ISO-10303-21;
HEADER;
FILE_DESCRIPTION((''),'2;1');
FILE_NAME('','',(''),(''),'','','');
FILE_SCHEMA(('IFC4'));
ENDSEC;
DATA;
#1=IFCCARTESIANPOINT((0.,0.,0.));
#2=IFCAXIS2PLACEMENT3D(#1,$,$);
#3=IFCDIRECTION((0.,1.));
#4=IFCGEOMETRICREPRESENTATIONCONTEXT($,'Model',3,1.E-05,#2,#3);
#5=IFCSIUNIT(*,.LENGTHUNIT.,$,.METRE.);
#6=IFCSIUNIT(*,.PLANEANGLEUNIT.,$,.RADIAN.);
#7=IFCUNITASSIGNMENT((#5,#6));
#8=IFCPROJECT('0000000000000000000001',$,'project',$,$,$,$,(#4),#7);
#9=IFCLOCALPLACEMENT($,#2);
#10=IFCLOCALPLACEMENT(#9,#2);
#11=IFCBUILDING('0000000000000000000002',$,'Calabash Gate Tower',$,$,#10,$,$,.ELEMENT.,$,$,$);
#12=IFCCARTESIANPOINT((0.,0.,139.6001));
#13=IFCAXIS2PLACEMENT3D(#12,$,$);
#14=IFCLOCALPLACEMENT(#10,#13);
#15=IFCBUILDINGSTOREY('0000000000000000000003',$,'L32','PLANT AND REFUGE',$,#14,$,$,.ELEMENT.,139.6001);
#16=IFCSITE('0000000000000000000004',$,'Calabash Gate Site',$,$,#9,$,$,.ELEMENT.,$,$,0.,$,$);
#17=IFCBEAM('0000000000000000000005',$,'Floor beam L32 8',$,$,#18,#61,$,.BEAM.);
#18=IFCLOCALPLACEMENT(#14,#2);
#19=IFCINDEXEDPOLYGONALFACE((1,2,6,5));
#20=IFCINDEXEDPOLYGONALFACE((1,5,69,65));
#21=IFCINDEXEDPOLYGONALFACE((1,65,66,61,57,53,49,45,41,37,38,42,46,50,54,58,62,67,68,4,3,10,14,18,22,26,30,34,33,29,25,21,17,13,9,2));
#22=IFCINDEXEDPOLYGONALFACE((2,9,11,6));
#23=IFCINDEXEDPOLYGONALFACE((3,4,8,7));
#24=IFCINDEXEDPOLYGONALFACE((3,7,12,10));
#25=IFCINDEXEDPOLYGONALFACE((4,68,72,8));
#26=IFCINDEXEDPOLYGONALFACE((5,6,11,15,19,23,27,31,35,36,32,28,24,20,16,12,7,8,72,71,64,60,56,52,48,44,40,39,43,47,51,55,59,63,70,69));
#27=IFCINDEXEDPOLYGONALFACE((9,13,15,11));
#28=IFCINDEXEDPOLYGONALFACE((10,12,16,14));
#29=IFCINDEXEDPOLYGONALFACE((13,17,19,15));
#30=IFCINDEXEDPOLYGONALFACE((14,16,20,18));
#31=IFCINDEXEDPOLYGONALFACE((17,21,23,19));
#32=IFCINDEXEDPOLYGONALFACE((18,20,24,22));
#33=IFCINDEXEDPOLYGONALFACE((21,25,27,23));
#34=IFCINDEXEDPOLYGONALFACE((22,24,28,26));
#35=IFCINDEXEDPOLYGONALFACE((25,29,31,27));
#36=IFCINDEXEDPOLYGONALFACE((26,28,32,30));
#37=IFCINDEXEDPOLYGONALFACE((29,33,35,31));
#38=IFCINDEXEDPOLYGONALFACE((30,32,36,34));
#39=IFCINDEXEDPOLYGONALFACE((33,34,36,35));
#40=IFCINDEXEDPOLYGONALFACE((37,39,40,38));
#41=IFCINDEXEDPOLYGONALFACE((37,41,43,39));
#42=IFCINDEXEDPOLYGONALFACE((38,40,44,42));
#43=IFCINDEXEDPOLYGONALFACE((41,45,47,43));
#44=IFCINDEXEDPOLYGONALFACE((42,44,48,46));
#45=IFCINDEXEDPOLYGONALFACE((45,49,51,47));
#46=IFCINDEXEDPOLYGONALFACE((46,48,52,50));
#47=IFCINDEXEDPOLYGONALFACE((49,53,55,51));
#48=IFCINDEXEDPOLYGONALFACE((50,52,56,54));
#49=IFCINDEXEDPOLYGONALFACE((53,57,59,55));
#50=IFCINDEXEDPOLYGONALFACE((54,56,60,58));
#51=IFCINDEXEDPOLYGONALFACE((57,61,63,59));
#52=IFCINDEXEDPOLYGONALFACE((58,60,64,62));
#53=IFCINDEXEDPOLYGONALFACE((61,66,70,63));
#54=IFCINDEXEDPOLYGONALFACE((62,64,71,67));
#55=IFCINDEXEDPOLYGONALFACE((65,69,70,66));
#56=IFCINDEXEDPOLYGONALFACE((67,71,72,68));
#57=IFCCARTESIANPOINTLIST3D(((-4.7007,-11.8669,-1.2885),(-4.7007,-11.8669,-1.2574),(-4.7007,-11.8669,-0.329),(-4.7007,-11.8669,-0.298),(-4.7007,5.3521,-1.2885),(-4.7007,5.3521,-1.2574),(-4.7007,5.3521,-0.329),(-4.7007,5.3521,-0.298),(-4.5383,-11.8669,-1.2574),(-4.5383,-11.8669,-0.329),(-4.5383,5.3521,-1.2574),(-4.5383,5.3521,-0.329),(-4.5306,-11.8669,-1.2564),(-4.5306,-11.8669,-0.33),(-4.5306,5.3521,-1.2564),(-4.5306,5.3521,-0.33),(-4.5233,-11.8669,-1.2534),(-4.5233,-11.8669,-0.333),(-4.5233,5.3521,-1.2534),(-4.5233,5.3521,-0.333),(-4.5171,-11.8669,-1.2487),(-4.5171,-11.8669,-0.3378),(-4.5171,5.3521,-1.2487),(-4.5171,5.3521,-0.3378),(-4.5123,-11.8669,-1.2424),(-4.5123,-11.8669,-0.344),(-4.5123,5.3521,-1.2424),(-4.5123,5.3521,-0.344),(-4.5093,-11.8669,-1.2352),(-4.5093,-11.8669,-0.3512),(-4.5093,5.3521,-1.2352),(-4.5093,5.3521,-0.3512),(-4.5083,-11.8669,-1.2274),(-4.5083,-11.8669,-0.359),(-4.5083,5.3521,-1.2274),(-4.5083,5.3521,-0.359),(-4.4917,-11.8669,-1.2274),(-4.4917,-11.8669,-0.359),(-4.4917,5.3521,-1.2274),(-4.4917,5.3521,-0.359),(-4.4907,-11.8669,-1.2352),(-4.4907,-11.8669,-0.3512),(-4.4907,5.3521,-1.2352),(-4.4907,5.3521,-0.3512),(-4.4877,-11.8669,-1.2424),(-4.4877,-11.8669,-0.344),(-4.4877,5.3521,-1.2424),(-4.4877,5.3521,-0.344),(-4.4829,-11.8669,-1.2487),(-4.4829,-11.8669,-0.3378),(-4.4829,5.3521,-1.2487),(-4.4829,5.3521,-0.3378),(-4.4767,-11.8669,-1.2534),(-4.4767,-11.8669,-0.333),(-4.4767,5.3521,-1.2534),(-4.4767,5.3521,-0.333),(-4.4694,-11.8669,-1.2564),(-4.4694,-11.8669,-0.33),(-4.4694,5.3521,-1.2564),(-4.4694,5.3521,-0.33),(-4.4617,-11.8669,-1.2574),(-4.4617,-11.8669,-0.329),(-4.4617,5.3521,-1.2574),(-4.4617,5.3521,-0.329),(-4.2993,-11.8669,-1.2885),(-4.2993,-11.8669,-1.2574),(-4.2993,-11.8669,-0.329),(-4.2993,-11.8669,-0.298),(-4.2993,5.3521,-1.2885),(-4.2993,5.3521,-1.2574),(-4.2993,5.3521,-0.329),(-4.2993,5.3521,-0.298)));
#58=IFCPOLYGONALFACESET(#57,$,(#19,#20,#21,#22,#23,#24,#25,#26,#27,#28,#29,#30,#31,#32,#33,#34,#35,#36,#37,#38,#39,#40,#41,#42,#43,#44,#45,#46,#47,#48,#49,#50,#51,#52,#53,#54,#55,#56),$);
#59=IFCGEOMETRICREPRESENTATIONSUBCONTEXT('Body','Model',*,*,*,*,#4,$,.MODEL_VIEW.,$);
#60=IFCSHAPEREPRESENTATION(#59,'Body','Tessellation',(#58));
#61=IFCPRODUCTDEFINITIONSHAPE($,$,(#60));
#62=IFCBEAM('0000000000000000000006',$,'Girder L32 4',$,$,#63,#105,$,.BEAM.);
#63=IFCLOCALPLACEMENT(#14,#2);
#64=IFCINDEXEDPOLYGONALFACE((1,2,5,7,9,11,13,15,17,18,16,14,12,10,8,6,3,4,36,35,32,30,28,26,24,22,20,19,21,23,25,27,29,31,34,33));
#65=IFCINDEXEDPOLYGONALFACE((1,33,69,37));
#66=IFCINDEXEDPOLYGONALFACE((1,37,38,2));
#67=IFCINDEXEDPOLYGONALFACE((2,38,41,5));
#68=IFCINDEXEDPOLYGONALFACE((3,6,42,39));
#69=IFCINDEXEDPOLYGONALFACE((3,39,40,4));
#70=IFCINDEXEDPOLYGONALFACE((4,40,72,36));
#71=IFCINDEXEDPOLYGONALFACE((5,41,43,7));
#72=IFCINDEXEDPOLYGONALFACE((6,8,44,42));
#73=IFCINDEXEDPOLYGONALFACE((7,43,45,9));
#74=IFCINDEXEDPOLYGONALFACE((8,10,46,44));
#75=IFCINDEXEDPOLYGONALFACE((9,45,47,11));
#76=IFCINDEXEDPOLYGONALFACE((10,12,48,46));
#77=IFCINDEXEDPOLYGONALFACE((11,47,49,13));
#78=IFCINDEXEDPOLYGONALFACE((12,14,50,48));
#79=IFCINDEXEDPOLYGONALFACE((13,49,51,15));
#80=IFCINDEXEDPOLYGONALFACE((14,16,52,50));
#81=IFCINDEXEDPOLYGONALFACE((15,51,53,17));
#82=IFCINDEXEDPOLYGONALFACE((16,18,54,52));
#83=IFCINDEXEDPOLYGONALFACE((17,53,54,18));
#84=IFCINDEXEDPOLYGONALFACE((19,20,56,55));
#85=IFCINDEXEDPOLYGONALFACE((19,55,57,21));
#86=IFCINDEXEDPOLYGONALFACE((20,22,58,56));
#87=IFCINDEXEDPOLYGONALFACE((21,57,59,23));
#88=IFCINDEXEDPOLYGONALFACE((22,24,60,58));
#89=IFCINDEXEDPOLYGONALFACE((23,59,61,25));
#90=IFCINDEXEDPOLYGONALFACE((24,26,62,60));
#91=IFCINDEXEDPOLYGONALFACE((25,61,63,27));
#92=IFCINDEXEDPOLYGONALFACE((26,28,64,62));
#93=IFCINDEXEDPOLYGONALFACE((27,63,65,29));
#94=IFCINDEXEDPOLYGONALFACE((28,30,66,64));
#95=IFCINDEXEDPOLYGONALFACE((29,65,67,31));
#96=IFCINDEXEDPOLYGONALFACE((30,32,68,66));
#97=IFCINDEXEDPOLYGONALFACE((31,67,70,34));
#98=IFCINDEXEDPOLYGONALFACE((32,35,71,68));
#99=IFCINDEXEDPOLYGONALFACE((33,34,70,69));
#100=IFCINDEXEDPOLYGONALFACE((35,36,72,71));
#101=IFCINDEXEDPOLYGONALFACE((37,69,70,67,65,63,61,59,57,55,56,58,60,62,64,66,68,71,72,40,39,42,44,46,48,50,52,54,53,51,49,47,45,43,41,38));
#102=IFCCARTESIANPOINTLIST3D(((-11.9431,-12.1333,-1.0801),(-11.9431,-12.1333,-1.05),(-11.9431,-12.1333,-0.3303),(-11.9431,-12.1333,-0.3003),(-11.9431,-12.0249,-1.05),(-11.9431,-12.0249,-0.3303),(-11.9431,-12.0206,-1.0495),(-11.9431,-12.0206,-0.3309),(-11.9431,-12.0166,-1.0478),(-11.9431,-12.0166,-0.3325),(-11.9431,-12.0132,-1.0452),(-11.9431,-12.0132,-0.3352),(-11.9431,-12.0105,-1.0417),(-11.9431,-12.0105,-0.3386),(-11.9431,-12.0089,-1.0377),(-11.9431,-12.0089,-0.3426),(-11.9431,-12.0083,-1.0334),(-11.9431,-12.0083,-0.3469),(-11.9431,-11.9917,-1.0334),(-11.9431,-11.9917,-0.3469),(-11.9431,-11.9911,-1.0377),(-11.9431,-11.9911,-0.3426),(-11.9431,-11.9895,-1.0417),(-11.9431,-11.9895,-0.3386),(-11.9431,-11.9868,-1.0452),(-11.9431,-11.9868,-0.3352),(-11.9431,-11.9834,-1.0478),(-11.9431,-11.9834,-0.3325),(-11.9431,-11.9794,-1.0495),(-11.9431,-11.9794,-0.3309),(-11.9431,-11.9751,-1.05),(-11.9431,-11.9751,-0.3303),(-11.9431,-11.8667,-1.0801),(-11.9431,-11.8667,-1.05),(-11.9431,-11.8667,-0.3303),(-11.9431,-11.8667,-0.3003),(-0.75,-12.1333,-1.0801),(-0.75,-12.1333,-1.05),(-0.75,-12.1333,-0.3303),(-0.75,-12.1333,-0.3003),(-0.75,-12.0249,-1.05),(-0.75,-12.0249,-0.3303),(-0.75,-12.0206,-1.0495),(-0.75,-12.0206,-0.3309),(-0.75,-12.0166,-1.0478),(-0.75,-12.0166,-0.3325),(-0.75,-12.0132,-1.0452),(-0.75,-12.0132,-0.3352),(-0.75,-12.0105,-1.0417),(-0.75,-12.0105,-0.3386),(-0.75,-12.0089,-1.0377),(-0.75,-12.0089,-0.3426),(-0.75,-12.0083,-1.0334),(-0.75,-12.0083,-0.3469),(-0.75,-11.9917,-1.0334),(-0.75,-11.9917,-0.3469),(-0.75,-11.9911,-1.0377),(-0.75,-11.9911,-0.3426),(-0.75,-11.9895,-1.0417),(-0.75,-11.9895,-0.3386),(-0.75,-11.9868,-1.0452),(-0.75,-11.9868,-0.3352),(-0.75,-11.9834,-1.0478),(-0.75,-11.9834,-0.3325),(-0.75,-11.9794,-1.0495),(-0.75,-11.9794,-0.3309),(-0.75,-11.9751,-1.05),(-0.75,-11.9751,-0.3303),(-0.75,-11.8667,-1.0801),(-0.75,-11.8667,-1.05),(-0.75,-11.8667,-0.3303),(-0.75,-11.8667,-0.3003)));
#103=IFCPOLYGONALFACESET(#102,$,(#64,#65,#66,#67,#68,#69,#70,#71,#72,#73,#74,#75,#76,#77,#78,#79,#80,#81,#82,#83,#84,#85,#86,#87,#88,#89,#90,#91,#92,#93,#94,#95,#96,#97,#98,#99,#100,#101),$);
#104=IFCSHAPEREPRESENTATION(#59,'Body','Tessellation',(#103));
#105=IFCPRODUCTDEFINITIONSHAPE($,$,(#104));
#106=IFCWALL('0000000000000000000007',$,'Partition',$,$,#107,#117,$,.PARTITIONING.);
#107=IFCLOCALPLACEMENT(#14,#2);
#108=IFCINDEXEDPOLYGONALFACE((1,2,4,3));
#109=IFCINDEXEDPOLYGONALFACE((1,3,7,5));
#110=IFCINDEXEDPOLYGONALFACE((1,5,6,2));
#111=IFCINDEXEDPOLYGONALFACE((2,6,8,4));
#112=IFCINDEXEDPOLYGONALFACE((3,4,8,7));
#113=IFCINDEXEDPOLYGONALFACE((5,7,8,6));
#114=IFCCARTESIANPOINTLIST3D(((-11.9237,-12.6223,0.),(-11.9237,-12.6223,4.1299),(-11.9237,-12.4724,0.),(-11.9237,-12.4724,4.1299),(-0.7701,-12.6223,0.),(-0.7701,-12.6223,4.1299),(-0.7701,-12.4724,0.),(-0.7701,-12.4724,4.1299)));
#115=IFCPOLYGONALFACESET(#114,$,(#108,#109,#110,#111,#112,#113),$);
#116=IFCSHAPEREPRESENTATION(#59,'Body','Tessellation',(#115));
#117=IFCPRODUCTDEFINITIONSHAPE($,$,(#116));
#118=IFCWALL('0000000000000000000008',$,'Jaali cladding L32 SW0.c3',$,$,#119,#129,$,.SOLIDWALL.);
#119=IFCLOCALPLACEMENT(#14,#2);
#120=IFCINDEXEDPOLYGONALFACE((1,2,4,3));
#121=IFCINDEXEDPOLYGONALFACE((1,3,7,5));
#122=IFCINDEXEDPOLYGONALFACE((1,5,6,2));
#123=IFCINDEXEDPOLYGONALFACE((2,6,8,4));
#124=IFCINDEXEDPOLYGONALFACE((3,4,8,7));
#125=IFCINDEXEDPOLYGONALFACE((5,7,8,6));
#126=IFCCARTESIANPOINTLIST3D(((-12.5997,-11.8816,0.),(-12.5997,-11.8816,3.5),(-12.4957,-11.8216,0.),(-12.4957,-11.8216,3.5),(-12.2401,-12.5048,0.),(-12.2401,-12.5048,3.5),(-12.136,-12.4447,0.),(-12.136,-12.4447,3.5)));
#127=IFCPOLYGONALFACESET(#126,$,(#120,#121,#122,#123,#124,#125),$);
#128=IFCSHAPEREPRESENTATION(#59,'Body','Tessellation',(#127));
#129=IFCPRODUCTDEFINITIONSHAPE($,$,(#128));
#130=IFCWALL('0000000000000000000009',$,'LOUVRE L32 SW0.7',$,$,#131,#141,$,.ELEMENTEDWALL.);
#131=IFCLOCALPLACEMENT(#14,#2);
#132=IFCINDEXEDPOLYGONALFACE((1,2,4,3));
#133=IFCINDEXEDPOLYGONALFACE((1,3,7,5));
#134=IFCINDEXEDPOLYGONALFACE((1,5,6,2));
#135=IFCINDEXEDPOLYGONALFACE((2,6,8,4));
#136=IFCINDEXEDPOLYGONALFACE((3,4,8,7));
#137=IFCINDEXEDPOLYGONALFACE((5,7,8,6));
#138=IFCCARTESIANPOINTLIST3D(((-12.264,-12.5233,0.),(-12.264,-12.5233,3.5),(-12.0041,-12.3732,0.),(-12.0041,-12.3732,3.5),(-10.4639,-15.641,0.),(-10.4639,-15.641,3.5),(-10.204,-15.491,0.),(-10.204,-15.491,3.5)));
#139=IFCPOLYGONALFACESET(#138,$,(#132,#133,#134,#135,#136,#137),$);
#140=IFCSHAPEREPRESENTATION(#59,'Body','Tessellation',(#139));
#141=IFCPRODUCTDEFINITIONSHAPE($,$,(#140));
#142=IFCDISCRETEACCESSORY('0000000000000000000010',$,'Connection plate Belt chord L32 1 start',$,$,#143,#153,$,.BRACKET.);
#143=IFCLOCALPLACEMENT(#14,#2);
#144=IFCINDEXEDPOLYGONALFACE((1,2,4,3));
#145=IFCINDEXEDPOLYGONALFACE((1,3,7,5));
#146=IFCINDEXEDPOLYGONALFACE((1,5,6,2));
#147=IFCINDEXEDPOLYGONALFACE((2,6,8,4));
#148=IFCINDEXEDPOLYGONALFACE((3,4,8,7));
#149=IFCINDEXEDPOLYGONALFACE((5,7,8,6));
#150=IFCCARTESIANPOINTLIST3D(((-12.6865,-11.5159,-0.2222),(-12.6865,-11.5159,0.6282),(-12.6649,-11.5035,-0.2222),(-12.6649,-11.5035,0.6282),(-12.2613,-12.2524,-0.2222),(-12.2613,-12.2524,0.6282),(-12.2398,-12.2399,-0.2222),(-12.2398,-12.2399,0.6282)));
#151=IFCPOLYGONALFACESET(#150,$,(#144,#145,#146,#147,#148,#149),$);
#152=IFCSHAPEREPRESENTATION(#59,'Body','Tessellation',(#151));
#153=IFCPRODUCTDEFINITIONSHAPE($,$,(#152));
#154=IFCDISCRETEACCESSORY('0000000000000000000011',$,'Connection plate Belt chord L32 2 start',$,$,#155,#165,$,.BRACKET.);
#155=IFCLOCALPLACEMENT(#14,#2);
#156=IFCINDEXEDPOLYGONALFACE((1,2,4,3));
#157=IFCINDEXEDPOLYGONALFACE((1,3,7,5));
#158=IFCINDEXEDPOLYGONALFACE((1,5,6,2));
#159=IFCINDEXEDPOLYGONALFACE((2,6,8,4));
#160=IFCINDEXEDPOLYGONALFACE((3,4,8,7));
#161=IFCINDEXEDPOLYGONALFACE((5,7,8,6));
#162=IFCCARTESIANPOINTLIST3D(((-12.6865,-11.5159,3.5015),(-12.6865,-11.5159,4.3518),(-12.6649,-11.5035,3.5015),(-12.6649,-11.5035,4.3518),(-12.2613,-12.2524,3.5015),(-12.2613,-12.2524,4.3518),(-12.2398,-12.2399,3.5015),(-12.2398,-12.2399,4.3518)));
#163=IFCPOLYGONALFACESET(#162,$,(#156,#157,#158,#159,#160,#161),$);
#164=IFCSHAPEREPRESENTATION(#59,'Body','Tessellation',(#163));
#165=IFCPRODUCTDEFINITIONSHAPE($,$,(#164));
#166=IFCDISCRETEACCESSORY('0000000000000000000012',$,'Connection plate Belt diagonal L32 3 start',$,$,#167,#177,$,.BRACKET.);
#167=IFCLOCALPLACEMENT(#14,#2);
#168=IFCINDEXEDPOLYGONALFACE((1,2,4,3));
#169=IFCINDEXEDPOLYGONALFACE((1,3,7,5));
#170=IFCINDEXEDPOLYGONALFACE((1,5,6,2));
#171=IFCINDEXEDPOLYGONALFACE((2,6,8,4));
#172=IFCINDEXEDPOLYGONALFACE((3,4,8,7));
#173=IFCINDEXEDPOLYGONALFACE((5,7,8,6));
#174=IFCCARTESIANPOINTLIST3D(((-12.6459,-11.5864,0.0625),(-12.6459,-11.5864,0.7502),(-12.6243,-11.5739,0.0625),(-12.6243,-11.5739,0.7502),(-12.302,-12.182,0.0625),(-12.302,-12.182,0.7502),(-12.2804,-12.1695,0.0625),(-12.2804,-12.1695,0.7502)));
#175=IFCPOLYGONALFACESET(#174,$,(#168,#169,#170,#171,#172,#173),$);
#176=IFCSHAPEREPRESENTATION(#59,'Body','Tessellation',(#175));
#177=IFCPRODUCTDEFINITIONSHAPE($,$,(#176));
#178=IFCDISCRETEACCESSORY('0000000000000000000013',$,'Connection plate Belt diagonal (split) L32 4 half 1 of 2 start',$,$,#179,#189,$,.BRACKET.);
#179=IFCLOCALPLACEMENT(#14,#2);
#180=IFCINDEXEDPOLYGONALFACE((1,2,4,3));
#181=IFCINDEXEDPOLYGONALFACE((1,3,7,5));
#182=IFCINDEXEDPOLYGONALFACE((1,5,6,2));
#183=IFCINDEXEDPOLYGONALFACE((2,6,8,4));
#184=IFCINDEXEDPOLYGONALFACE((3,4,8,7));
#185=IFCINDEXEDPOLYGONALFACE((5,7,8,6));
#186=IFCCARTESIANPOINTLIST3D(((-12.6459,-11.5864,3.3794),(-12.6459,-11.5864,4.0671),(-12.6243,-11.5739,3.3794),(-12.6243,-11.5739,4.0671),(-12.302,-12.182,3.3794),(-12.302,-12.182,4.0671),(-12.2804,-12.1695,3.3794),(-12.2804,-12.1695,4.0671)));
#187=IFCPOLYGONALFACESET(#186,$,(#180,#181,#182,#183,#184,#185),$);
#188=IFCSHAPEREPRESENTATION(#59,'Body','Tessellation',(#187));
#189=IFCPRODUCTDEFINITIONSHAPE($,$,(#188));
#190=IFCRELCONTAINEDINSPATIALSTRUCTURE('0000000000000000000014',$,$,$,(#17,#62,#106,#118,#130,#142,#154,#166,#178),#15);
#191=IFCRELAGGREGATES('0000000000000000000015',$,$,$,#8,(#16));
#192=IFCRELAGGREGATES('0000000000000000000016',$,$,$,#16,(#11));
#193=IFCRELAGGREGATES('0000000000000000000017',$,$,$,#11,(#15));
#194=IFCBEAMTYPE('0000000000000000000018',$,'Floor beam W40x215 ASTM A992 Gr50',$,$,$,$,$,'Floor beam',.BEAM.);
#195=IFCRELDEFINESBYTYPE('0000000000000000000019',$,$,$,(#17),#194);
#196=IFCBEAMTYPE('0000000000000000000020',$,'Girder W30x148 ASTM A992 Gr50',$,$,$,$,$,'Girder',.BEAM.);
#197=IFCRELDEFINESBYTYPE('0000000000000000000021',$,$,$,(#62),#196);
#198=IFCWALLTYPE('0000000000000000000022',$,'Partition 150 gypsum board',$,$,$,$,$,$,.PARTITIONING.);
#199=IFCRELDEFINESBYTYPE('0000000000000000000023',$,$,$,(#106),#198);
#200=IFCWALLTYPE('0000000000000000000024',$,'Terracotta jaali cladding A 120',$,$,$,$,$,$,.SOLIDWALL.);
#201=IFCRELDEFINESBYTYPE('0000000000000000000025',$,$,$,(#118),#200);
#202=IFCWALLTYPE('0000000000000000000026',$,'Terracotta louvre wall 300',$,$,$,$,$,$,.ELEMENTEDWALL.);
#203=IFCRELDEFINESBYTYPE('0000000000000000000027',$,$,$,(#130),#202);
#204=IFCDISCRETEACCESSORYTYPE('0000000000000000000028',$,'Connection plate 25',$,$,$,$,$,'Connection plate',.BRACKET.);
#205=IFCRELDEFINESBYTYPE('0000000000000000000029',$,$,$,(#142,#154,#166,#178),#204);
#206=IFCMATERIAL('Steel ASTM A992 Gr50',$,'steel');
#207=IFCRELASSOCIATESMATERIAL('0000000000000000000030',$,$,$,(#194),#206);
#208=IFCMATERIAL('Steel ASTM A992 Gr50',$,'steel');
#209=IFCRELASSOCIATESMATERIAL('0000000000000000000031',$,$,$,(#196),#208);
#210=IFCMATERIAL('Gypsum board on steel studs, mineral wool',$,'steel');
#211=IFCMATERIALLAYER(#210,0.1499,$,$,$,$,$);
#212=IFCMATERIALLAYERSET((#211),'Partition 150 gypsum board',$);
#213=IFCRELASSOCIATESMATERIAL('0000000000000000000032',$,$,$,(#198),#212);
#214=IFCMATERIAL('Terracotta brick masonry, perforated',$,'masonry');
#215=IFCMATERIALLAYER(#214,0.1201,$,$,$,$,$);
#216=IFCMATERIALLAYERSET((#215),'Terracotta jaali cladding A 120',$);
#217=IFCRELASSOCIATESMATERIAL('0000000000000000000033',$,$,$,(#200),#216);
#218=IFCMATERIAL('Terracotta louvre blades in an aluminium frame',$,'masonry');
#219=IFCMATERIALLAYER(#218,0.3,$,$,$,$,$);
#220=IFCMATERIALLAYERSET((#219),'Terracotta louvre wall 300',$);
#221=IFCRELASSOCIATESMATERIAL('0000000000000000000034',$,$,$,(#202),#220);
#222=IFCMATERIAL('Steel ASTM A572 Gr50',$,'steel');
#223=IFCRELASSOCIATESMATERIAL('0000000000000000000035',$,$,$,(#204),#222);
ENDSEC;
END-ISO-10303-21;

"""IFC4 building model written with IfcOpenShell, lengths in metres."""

from ifc_helpers import new_model, si_unit, direction, frame, frame_2d, origin, origin_2d, place, context, subcontext, project, spatial, rectangle, i_section, extrude, material, layer, layer_set, material_profile, profile_set, type_object, element, save


model = new_model("IFC4")

# Units and contexts
model_context = context("Model", 3, precision=1e-05, world=origin(), true_north=direction((0.0, 1.0)))
body_context = subcontext(model_context, "Body", "Model", "MODEL_VIEW")
ifc_project = project(units=[si_unit("LENGTHUNIT", "METRE"), si_unit("PLANEANGLEUNIT", "RADIAN")], contexts=[model_context])

# Site, building, storey
site_placement = place(None, origin())
site = spatial("IfcSite", under=ifc_project, at=site_placement, Name="Calabash Gate Site", CompositionType="ELEMENT", RefElevation=0.0)
building_placement = place(site_placement, origin())
building = spatial("IfcBuilding", under=site, at=building_placement, Name="Calabash Gate Tower", CompositionType="ELEMENT")
storey_placement = place(building_placement, frame((0.0, 0.0, 139.6001)))
storey = spatial("IfcBuildingStorey", under=building, at=storey_placement, Name="L32", Description="PLANT AND REFUGE", CompositionType="ELEMENT", Elevation=139.6001)

# Beams
ifc_material_1 = material(Name="Steel ASTM A992 Gr50", Category="steel")
ifc_material_profile_1 = material_profile(ifc_material_1, i_section(OverallWidth=0.4014, OverallDepth=0.9905, WebThickness=0.0166, FlangeThickness=0.031, FilletRadius=0.03, at=origin_2d()))
ifc_profile_set_1 = profile_set([ifc_material_profile_1], Name="Steel ASTM A992 Gr50")
beam_type_1 = type_object("IfcBeamType", Name="Floor beam W40x215 ASTM A992 Gr50", ElementType="Floor beam", PredefinedType="BEAM", material=ifc_profile_set_1)
beam_1_placement = place(storey_placement, frame((-4.5, -11.8669, -0.7932), z_axis=(0.0, 1.0, 0.0), x_axis=(-1.0, 0.0, 0.0)))
element("IfcBeam", 1, at=beam_1_placement, inside=storey, type_object=beam_type_1, Name="Floor beam L32 8", PredefinedType="BEAM", context=body_context, shape_type="SweptSolid", body=[
    extrude(i_section(OverallWidth=0.4014, OverallDepth=0.9905, WebThickness=0.0166, FlangeThickness=0.031, FilletRadius=0.03, at=origin_2d()), origin(), (0.0, 0.0, 1.0), 17.219),
])
ifc_material_2 = material(Name="Steel ASTM A992 Gr50", Category="steel")
ifc_material_profile_2 = material_profile(ifc_material_2, i_section(OverallWidth=0.2666, OverallDepth=0.7798, WebThickness=0.0166, FlangeThickness=0.03, FilletRadius=0.0166, at=origin_2d()))
ifc_profile_set_2 = profile_set([ifc_material_profile_2], Name="Steel ASTM A992 Gr50")
beam_type_2 = type_object("IfcBeamType", Name="Girder W30x148 ASTM A992 Gr50", ElementType="Girder", PredefinedType="BEAM", material=ifc_profile_set_2)
beam_2_placement = place(storey_placement, frame((-11.9431, -12.0, -0.6902), z_axis=(1.0, 0.0, 0.0), x_axis=(0.0, 1.0, 0.0)))
element("IfcBeam", 2, at=beam_2_placement, inside=storey, type_object=beam_type_2, Name="Girder L32 4", PredefinedType="BEAM", context=body_context, shape_type="SweptSolid", body=[
    extrude(i_section(OverallWidth=0.2666, OverallDepth=0.7798, WebThickness=0.0166, FlangeThickness=0.03, FilletRadius=0.0166, at=origin_2d()), origin(), (0.0, 0.0, 1.0), 11.1931),
])

# Walls
ifc_material_3 = material(Name="Gypsum board on steel studs, mineral wool", Category="steel")
ifc_layer_1 = layer(ifc_material_3, 0.1499)
ifc_layer_set_1 = layer_set([ifc_layer_1], Name="Partition 150 gypsum board")
wall_type_1 = type_object("IfcWallType", Name="Partition 150 gypsum board", PredefinedType="PARTITIONING", material=ifc_layer_set_1)
wall_1_placement = place(storey_placement, frame((-11.9236, -12.5474, 0.0), z_axis=(0.0, 0.0, 1.0), x_axis=(1.0, 0.0, 0.0)))
element("IfcWall", 3, at=wall_1_placement, inside=storey, type_object=wall_type_1, Name="Partition", PredefinedType="PARTITIONING", context=body_context, shape_type="SweptSolid", body=[
    extrude(rectangle(XDim=11.1536, YDim=0.1499, at=frame_2d((5.5767, 0.0))), origin(), (0.0, 0.0, 1.0), 4.1299),
])
ifc_material_4 = material(Name="Terracotta brick masonry, perforated", Category="masonry")
ifc_layer_2 = layer(ifc_material_4, 0.1201)
ifc_layer_set_2 = layer_set([ifc_layer_2], Name="Terracotta jaali cladding A 120")
wall_type_2 = type_object("IfcWallType", Name="Terracotta jaali cladding A 120", PredefinedType="SOLIDWALL", material=ifc_layer_set_2)
wall_2_placement = place(storey_placement, frame((-12.188, -12.4749, 0.0), z_axis=(0.0, 0.0, 1.0), x_axis=(-0.499899, 0.866084, 0.0)))
element("IfcWall", 4, at=wall_2_placement, inside=storey, type_object=wall_type_2, Name="Jaali cladding L32 SW0.c3", PredefinedType="SOLIDWALL", context=body_context, shape_type="SweptSolid", body=[
    extrude(rectangle(XDim=0.7195, YDim=0.1201, at=frame_2d((0.3599, 0.0))), origin(), (0.0, 0.0, 1.0), 3.5),
])
ifc_material_5 = material(Name="Terracotta louvre blades in an aluminium frame", Category="masonry")
ifc_layer_3 = layer(ifc_material_5, 0.3)
ifc_layer_set_3 = layer_set([ifc_layer_3], Name="Terracotta louvre wall 300")
wall_type_3 = type_object("IfcWallType", Name="Terracotta louvre wall 300", PredefinedType="ELEMENTEDWALL", material=ifc_layer_set_3)
wall_3_placement = place(storey_placement, frame((-12.134, -12.4482, 0.0), z_axis=(0.0, 0.0, 1.0), x_axis=(0.500012, -0.866018, 0.0)))
element("IfcWall", 5, at=wall_3_placement, inside=storey, type_object=wall_type_3, Name="LOUVRE L32 SW0.7", PredefinedType="ELEMENTEDWALL", context=body_context, shape_type="SweptSolid", body=[
    extrude(rectangle(XDim=3.6001, YDim=0.3, at=frame_2d((1.8, 0.0))), origin(), (0.0, 0.0, 1.0), 3.5),
])

# Discrete accessories
ifc_material_6 = material(Name="Steel ASTM A572 Gr50", Category="steel")
discrete_accessory_type = type_object("IfcDiscreteAccessoryType", Name="Connection plate 25", ElementType="Connection plate", PredefinedType="BRACKET", material=ifc_material_6)
for number, where, z_axis, x_axis, name in (
    (6, (-12.4631, -11.8779, -0.2222), (0.0, 0.0, 1.0), (0.5, -0.866025, 0.0), "Connection plate Belt chord L32 1 start"),
    (7, (-12.4631, -11.8779, 3.5015), (0.0, 0.0, 1.0), (0.5, -0.866025, 0.0), "Connection plate Belt chord L32 2 start"),
):
    element("IfcDiscreteAccessory", number, at=place(storey_placement, frame(where, z_axis=z_axis, x_axis=x_axis)), inside=storey, type_object=discrete_accessory_type, Name=name, PredefinedType="BRACKET", context=body_context, shape_type="SweptSolid", body=[
        extrude(rectangle(XDim=0.8503, YDim=0.0249, at=origin_2d()), origin(), (0.0, 0.0, 1.0), 0.8503),
    ])
for number, where, z_axis, x_axis, name in (
    (8, (-12.4631, -11.8779, 0.0625), (0.0, 0.0, 1.0), (0.5, -0.866025, 0.0), "Connection plate Belt diagonal L32 3 start"),
    (9, (-12.4631, -11.8779, 3.3794), (0.0, 0.0, 1.0), (0.5, -0.866025, 0.0), "Connection plate Belt diagonal (split) L32 4 half 1 of 2 start"),
):
    element("IfcDiscreteAccessory", number, at=place(storey_placement, frame(where, z_axis=z_axis, x_axis=x_axis)), inside=storey, type_object=discrete_accessory_type, Name=name, PredefinedType="BRACKET", context=body_context, shape_type="SweptSolid", body=[
        extrude(rectangle(XDim=0.6877, YDim=0.0249, at=origin_2d()), origin(), (0.0, 0.0, 1.0), 0.6877),
    ])

save(model, "model.ifc")
